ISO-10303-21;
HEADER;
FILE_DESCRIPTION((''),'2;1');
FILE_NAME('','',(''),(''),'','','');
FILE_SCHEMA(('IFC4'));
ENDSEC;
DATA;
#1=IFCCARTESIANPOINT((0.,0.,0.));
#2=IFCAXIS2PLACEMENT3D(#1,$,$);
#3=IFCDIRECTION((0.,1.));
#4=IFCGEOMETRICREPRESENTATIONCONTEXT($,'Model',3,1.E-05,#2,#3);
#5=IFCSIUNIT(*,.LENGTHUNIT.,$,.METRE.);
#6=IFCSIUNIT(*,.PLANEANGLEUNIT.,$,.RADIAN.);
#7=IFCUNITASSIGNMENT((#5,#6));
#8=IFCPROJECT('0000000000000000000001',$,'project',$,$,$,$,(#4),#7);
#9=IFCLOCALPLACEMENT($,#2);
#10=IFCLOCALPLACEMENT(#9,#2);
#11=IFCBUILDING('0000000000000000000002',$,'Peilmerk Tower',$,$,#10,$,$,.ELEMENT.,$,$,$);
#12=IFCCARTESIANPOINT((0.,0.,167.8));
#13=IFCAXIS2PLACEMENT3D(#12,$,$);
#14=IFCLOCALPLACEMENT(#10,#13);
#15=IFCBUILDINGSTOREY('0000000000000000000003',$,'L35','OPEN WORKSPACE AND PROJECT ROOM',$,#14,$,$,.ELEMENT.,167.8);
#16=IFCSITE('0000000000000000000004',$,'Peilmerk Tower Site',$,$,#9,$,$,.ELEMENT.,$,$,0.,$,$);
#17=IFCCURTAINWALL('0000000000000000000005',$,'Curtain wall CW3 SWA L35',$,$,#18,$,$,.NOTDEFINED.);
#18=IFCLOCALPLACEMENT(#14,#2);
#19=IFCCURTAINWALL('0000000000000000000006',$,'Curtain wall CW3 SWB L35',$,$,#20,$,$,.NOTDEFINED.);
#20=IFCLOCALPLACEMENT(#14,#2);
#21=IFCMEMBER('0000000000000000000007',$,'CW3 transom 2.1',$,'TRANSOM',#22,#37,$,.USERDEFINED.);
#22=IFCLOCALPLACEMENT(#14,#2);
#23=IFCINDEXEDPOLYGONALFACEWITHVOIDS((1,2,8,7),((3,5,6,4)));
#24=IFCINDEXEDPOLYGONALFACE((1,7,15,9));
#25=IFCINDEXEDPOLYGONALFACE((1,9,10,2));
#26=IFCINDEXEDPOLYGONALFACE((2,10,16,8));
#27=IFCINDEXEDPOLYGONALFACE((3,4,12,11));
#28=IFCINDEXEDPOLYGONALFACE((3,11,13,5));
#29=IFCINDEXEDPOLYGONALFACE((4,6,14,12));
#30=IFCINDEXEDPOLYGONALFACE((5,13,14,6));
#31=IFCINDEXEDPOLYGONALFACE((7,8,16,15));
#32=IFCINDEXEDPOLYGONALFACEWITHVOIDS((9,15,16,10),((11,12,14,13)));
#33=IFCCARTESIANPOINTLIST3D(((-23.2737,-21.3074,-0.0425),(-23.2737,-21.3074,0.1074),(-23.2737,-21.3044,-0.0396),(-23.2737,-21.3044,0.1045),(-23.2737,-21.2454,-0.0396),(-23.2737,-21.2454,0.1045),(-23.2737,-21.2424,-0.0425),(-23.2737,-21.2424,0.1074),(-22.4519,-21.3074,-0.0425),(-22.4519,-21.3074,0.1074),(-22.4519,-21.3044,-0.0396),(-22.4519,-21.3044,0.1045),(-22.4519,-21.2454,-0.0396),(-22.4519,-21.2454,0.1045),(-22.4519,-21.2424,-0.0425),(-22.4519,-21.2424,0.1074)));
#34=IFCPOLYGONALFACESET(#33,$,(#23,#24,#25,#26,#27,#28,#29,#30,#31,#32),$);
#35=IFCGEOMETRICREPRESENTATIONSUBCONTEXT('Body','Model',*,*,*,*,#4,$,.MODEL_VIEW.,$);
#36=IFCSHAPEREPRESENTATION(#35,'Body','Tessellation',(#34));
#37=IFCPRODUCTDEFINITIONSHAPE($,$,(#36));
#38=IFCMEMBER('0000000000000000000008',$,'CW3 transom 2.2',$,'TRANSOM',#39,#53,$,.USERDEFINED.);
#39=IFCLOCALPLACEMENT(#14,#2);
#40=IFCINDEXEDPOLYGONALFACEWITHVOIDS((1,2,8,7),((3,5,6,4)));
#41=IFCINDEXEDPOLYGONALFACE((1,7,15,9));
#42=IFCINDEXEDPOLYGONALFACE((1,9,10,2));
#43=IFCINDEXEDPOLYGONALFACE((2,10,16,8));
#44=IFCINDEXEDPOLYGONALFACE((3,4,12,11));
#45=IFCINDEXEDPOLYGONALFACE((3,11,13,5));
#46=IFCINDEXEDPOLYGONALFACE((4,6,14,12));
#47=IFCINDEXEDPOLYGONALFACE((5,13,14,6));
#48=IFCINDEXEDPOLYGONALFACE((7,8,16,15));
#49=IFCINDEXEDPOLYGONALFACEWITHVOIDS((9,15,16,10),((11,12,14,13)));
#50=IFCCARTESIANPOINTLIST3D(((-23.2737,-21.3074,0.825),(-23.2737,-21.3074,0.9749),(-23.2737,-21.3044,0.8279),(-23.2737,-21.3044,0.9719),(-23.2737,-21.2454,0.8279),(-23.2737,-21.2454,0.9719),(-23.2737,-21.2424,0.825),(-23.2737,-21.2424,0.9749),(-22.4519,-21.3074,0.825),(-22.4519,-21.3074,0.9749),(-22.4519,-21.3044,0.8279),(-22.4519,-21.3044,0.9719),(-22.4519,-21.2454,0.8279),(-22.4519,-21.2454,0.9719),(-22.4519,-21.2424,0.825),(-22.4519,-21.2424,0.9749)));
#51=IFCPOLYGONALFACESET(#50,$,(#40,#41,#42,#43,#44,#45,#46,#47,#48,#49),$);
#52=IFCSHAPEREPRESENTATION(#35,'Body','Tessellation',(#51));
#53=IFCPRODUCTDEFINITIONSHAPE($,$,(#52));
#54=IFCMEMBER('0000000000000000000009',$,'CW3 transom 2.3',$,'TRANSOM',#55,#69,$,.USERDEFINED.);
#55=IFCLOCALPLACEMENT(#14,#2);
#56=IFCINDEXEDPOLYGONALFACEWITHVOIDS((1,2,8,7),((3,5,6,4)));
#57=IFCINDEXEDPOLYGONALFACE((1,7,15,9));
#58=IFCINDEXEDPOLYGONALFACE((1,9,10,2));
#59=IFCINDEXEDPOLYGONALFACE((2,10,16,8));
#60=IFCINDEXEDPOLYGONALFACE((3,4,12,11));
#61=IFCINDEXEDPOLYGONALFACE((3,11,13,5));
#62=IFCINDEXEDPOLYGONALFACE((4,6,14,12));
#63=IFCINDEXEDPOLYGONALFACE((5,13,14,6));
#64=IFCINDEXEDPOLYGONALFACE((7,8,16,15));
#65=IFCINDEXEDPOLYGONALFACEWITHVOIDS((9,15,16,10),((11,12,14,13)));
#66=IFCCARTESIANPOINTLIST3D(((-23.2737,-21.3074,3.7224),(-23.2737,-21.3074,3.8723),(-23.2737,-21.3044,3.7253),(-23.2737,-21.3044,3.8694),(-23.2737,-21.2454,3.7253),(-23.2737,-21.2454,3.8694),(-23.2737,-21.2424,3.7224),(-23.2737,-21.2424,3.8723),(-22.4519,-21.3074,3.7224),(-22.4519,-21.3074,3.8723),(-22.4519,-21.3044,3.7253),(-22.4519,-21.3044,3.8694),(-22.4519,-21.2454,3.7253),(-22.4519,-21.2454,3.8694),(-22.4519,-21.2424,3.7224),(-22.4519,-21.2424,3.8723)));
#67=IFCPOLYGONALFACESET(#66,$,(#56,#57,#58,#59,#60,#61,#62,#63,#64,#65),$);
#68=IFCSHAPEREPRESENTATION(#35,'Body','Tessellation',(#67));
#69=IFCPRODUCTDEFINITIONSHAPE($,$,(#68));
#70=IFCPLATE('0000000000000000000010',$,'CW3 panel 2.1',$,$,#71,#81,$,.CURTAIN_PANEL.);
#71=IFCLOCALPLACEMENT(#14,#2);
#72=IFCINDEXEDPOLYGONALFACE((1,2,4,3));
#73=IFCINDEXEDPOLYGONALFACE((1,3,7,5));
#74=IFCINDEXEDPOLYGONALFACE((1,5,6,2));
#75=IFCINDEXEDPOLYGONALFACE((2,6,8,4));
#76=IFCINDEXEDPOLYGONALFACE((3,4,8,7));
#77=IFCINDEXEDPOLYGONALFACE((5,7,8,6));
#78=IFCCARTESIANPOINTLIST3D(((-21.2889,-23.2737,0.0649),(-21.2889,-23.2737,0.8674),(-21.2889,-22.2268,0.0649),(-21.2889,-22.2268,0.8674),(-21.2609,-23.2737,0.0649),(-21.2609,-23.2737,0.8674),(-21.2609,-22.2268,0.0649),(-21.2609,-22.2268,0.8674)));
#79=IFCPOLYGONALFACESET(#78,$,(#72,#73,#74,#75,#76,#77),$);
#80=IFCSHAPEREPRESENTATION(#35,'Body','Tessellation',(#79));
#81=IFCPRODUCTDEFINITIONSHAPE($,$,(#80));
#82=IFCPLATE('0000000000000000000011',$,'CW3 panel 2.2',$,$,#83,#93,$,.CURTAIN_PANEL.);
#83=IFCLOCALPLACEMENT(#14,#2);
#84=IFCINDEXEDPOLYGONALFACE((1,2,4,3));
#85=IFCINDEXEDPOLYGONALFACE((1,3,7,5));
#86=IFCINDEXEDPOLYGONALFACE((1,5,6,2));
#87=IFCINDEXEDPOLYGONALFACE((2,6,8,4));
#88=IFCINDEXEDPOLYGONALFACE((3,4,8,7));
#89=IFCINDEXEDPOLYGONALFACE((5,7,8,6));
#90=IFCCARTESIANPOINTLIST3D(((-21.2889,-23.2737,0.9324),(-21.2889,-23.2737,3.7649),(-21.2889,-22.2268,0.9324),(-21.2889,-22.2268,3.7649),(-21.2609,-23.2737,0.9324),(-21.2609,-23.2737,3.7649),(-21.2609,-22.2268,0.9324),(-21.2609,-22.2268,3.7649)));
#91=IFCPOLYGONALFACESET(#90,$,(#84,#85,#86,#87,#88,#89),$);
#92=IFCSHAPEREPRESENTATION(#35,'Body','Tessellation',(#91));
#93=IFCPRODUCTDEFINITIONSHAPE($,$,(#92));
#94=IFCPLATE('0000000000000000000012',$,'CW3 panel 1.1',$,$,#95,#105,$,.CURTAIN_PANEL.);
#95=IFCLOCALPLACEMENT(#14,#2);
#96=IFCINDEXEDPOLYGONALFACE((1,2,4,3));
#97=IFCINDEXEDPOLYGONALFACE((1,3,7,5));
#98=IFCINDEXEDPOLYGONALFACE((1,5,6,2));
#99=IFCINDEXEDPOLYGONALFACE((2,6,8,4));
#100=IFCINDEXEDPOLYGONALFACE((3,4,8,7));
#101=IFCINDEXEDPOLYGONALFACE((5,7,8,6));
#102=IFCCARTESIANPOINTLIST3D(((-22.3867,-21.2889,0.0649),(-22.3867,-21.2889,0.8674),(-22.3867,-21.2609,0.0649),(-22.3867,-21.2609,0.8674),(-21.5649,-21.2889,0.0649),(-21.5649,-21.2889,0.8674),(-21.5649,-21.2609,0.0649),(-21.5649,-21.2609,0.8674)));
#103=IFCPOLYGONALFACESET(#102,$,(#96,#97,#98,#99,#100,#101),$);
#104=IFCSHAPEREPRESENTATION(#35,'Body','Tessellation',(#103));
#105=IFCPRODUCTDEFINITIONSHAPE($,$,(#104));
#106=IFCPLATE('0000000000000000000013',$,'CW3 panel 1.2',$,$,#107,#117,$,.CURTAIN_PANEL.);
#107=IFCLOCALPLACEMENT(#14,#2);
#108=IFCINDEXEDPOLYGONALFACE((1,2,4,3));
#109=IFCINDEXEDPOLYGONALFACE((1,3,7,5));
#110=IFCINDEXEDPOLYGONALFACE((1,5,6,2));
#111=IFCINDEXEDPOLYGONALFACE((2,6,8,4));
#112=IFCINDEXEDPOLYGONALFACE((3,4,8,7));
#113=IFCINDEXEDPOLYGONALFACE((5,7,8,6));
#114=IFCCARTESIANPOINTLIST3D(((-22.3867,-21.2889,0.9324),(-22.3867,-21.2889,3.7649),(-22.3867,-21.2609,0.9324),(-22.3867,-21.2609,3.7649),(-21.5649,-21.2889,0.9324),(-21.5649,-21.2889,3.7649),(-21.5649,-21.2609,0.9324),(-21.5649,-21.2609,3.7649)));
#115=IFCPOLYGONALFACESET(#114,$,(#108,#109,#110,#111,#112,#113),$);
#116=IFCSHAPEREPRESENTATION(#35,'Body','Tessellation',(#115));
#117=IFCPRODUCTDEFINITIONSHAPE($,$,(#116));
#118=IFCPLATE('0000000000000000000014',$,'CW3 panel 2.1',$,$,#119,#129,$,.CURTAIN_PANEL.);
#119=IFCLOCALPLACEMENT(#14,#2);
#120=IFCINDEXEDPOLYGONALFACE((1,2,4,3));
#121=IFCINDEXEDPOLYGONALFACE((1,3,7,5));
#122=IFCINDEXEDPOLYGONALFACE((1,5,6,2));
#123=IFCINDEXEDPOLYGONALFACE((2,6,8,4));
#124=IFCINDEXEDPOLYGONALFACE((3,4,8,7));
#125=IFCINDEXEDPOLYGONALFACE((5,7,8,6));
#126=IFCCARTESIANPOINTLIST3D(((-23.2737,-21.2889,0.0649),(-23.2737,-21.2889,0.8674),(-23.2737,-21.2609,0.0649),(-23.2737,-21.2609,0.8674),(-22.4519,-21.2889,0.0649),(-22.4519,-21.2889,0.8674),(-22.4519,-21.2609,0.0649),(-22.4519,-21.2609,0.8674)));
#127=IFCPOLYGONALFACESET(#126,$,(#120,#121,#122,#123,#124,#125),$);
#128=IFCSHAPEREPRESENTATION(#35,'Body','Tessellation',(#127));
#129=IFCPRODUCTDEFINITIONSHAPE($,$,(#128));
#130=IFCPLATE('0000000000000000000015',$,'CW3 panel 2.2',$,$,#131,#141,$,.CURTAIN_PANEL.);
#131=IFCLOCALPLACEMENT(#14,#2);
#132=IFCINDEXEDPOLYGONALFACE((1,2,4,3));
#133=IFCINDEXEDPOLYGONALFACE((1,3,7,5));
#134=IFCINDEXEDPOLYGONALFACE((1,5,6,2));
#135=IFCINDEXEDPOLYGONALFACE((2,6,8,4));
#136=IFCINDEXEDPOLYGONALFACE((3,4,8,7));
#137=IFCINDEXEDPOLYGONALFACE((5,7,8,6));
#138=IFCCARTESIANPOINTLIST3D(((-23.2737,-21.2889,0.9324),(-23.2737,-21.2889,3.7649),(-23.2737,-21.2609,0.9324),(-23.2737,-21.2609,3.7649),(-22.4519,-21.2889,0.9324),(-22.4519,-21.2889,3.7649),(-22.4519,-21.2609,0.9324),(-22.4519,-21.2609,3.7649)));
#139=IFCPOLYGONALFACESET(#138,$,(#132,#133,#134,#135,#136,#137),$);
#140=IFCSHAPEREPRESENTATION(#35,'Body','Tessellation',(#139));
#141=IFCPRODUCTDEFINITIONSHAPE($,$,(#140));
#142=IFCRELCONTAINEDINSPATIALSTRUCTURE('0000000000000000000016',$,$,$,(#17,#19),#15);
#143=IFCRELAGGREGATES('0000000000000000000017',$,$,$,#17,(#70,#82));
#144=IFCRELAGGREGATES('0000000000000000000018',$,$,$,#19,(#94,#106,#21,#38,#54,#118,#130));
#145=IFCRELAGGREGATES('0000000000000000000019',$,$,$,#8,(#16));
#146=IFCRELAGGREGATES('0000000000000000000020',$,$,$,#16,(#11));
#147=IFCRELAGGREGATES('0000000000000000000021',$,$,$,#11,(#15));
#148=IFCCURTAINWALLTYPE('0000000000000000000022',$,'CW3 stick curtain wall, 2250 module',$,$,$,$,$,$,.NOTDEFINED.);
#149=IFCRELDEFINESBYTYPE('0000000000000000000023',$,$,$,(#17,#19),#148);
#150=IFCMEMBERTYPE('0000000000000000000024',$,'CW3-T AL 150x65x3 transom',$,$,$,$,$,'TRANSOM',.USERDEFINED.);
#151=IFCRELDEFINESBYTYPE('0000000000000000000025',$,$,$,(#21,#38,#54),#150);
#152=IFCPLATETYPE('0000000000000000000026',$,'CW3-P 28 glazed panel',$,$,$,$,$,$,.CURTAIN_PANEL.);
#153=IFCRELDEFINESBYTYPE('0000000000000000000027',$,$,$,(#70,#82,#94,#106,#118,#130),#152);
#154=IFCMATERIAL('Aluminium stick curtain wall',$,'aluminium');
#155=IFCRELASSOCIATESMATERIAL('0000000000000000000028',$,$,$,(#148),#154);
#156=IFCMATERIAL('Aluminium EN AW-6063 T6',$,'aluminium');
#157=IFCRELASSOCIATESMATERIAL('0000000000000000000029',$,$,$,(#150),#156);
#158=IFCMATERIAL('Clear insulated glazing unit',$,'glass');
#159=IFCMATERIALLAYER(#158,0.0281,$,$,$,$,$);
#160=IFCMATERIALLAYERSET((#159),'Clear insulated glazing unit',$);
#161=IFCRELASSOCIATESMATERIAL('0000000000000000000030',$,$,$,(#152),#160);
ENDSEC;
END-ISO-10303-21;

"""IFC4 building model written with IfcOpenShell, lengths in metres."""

from ifc_helpers import new_model, si_unit, direction, frame, origin, origin_2d, place, context, subcontext, project, spatial, rectangle, hollow_rectangle, extrude, material, layer, layer_set, material_profile, profile_set, type_object, element, aggregate, save


model = new_model("IFC4")

# Units and contexts
model_context = context("Model", 3, precision=1e-05, world=origin(), true_north=direction((0.0, 1.0)))
body_context = subcontext(model_context, "Body", "Model", "MODEL_VIEW")
ifc_project = project(units=[si_unit("LENGTHUNIT", "METRE"), si_unit("PLANEANGLEUNIT", "RADIAN")], contexts=[model_context])

# Site, building, storey
site_placement = place(None, origin())
site = spatial("IfcSite", under=ifc_project, at=site_placement, Name="Peilmerk Tower Site", CompositionType="ELEMENT", RefElevation=0.0)
building_placement = place(site_placement, origin())
building = spatial("IfcBuilding", under=site, at=building_placement, Name="Peilmerk Tower", CompositionType="ELEMENT")
storey_placement = place(building_placement, frame((0.0, 0.0, 167.8)))
storey = spatial("IfcBuildingStorey", under=building, at=storey_placement, Name="L35", Description="OPEN WORKSPACE AND PROJECT ROOM", CompositionType="ELEMENT", Elevation=167.8)

# Curtain wall
ifc_material_1 = material(Name="Aluminium stick curtain wall", Category="aluminium")
curtain_wall_type = type_object("IfcCurtainWallType", Name="CW3 stick curtain wall, 2250 module", PredefinedType="NOTDEFINED", material=ifc_material_1)
curtain_wall_1_placement = place(storey_placement, origin())
curtain_wall_1 = element("IfcCurtainWall", 1, at=curtain_wall_1_placement, inside=storey, type_object=curtain_wall_type, Name="Curtain wall CW3 SWA L35", PredefinedType="NOTDEFINED")
ifc_material_2 = material(Name="Aluminium EN AW-6063 T6", Category="aluminium")

# Curtain wall, members
curtain_wall_2_placement = place(storey_placement, origin())
curtain_wall_2 = element("IfcCurtainWall", 2, at=curtain_wall_2_placement, inside=storey, type_object=curtain_wall_type, Name="Curtain wall CW3 SWB L35", PredefinedType="NOTDEFINED")
ifc_material_profile_1 = material_profile(ifc_material_2, hollow_rectangle(XDim=0.0649, YDim=0.1499, WallThickness=0.0029, at=origin_2d()), Name="AL 150x65x3")
ifc_profile_set_1 = profile_set([ifc_material_profile_1], Name="Aluminium EN AW-6063 T6")
member_type_1 = type_object("IfcMemberType", Name="CW3-T AL 150x65x3 transom", ElementType="TRANSOM", PredefinedType="USERDEFINED", material=ifc_profile_set_1)
member_1_placement = place(storey_placement, frame((-22.4519, -21.2749, 0.0325), z_axis=(-1.0, 0.0, 0.0), x_axis=(0.0, -1.0, 0.0)))
member_1 = element("IfcMember", 3, at=member_1_placement, type_object=member_type_1, Name="CW3 transom 2.1", ObjectType="TRANSOM", PredefinedType="USERDEFINED", context=body_context, shape_type="SweptSolid", body=[
    extrude(hollow_rectangle(XDim=0.0649, YDim=0.1499, WallThickness=0.0029, at=origin_2d()), origin(), (0.0, 0.0, 1.0), 0.8218),
])
member_2_placement = place(storey_placement, frame((-22.4519, -21.2749, 0.8999), z_axis=(-1.0, 0.0, 0.0), x_axis=(0.0, -1.0, 0.0)))
member_2 = element("IfcMember", 4, at=member_2_placement, type_object=member_type_1, Name="CW3 transom 2.2", ObjectType="TRANSOM", PredefinedType="USERDEFINED", context=body_context, shape_type="SweptSolid", body=[
    extrude(hollow_rectangle(XDim=0.0649, YDim=0.1499, WallThickness=0.0029, at=origin_2d()), origin(), (0.0, 0.0, 1.0), 0.8218),
])
member_3_placement = place(storey_placement, frame((-22.4519, -21.2749, 3.7974), z_axis=(-1.0, 0.0, 0.0), x_axis=(0.0, -1.0, 0.0)))
member_3 = element("IfcMember", 5, at=member_3_placement, type_object=member_type_1, Name="CW3 transom 2.3", ObjectType="TRANSOM", PredefinedType="USERDEFINED", context=body_context, shape_type="SweptSolid", body=[
    extrude(hollow_rectangle(XDim=0.0649, YDim=0.1499, WallThickness=0.0029, at=origin_2d()), origin(), (0.0, 0.0, 1.0), 0.8218),
])

# Plates
ifc_material_3 = material(Name="Clear insulated glazing unit", Category="glass")
ifc_layer_1 = layer(ifc_material_3, 0.0281)
ifc_layer_set_1 = layer_set([ifc_layer_1], Name="Clear insulated glazing unit")
plate_type = type_object("IfcPlateType", Name="CW3-P 28 glazed panel", PredefinedType="CURTAIN_PANEL", material=ifc_layer_set_1)
plate_1_placement = place(storey_placement, frame((-21.2749, -22.7502, 0.0649), z_axis=(0.0, 0.0, 1.0), x_axis=(0.0, -1.0, 0.0)))
plate_1 = element("IfcPlate", 6, at=plate_1_placement, type_object=plate_type, Name="CW3 panel 2.1", PredefinedType="CURTAIN_PANEL", context=body_context, shape_type="SweptSolid", body=[
    extrude(rectangle(XDim=1.0469, YDim=0.0281, at=origin_2d()), origin(), (0.0, 0.0, 1.0), 0.8025),
])
plate_2_placement = place(storey_placement, frame((-21.2749, -22.7502, 0.9324), z_axis=(0.0, 0.0, 1.0), x_axis=(0.0, -1.0, 0.0)))
plate_2 = element("IfcPlate", 7, at=plate_2_placement, type_object=plate_type, Name="CW3 panel 2.2", PredefinedType="CURTAIN_PANEL", context=body_context, shape_type="SweptSolid", body=[
    extrude(rectangle(XDim=1.0469, YDim=0.0281, at=origin_2d()), origin(), (0.0, 0.0, 1.0), 2.8325),
])
aggregate(curtain_wall_1, [plate_1, plate_2])
plate_3_placement = place(storey_placement, frame((-21.9758, -21.2749, 0.0649), z_axis=(0.0, 0.0, 1.0), x_axis=(-1.0, 0.0, 0.0)))
plate_3 = element("IfcPlate", 8, at=plate_3_placement, type_object=plate_type, Name="CW3 panel 1.1", PredefinedType="CURTAIN_PANEL", context=body_context, shape_type="SweptSolid", body=[
    extrude(rectangle(XDim=0.8218, YDim=0.0281, at=origin_2d()), origin(), (0.0, 0.0, 1.0), 0.8025),
])
plate_4_placement = place(storey_placement, frame((-21.9758, -21.2749, 0.9324), z_axis=(0.0, 0.0, 1.0), x_axis=(-1.0, 0.0, 0.0)))
plate_4 = element("IfcPlate", 9, at=plate_4_placement, type_object=plate_type, Name="CW3 panel 1.2", PredefinedType="CURTAIN_PANEL", context=body_context, shape_type="SweptSolid", body=[
    extrude(rectangle(XDim=0.8218, YDim=0.0281, at=origin_2d()), origin(), (0.0, 0.0, 1.0), 2.8325),
])
plate_5_placement = place(storey_placement, frame((-22.8628, -21.2749, 0.0649), z_axis=(0.0, 0.0, 1.0), x_axis=(-1.0, 0.0, 0.0)))
plate_5 = element("IfcPlate", 10, at=plate_5_placement, type_object=plate_type, Name="CW3 panel 2.1", PredefinedType="CURTAIN_PANEL", context=body_context, shape_type="SweptSolid", body=[
    extrude(rectangle(XDim=0.8218, YDim=0.0281, at=origin_2d()), origin(), (0.0, 0.0, 1.0), 0.8025),
])
plate_6_placement = place(storey_placement, frame((-22.8628, -21.2749, 0.9324), z_axis=(0.0, 0.0, 1.0), x_axis=(-1.0, 0.0, 0.0)))
plate_6 = element("IfcPlate", 11, at=plate_6_placement, type_object=plate_type, Name="CW3 panel 2.2", PredefinedType="CURTAIN_PANEL", context=body_context, shape_type="SweptSolid", body=[
    extrude(rectangle(XDim=0.8218, YDim=0.0281, at=origin_2d()), origin(), (0.0, 0.0, 1.0), 2.8325),
])
aggregate(curtain_wall_2, [plate_3, plate_4, member_1, member_2, member_3, plate_5, plate_6])

save(model, "model.ifc")
